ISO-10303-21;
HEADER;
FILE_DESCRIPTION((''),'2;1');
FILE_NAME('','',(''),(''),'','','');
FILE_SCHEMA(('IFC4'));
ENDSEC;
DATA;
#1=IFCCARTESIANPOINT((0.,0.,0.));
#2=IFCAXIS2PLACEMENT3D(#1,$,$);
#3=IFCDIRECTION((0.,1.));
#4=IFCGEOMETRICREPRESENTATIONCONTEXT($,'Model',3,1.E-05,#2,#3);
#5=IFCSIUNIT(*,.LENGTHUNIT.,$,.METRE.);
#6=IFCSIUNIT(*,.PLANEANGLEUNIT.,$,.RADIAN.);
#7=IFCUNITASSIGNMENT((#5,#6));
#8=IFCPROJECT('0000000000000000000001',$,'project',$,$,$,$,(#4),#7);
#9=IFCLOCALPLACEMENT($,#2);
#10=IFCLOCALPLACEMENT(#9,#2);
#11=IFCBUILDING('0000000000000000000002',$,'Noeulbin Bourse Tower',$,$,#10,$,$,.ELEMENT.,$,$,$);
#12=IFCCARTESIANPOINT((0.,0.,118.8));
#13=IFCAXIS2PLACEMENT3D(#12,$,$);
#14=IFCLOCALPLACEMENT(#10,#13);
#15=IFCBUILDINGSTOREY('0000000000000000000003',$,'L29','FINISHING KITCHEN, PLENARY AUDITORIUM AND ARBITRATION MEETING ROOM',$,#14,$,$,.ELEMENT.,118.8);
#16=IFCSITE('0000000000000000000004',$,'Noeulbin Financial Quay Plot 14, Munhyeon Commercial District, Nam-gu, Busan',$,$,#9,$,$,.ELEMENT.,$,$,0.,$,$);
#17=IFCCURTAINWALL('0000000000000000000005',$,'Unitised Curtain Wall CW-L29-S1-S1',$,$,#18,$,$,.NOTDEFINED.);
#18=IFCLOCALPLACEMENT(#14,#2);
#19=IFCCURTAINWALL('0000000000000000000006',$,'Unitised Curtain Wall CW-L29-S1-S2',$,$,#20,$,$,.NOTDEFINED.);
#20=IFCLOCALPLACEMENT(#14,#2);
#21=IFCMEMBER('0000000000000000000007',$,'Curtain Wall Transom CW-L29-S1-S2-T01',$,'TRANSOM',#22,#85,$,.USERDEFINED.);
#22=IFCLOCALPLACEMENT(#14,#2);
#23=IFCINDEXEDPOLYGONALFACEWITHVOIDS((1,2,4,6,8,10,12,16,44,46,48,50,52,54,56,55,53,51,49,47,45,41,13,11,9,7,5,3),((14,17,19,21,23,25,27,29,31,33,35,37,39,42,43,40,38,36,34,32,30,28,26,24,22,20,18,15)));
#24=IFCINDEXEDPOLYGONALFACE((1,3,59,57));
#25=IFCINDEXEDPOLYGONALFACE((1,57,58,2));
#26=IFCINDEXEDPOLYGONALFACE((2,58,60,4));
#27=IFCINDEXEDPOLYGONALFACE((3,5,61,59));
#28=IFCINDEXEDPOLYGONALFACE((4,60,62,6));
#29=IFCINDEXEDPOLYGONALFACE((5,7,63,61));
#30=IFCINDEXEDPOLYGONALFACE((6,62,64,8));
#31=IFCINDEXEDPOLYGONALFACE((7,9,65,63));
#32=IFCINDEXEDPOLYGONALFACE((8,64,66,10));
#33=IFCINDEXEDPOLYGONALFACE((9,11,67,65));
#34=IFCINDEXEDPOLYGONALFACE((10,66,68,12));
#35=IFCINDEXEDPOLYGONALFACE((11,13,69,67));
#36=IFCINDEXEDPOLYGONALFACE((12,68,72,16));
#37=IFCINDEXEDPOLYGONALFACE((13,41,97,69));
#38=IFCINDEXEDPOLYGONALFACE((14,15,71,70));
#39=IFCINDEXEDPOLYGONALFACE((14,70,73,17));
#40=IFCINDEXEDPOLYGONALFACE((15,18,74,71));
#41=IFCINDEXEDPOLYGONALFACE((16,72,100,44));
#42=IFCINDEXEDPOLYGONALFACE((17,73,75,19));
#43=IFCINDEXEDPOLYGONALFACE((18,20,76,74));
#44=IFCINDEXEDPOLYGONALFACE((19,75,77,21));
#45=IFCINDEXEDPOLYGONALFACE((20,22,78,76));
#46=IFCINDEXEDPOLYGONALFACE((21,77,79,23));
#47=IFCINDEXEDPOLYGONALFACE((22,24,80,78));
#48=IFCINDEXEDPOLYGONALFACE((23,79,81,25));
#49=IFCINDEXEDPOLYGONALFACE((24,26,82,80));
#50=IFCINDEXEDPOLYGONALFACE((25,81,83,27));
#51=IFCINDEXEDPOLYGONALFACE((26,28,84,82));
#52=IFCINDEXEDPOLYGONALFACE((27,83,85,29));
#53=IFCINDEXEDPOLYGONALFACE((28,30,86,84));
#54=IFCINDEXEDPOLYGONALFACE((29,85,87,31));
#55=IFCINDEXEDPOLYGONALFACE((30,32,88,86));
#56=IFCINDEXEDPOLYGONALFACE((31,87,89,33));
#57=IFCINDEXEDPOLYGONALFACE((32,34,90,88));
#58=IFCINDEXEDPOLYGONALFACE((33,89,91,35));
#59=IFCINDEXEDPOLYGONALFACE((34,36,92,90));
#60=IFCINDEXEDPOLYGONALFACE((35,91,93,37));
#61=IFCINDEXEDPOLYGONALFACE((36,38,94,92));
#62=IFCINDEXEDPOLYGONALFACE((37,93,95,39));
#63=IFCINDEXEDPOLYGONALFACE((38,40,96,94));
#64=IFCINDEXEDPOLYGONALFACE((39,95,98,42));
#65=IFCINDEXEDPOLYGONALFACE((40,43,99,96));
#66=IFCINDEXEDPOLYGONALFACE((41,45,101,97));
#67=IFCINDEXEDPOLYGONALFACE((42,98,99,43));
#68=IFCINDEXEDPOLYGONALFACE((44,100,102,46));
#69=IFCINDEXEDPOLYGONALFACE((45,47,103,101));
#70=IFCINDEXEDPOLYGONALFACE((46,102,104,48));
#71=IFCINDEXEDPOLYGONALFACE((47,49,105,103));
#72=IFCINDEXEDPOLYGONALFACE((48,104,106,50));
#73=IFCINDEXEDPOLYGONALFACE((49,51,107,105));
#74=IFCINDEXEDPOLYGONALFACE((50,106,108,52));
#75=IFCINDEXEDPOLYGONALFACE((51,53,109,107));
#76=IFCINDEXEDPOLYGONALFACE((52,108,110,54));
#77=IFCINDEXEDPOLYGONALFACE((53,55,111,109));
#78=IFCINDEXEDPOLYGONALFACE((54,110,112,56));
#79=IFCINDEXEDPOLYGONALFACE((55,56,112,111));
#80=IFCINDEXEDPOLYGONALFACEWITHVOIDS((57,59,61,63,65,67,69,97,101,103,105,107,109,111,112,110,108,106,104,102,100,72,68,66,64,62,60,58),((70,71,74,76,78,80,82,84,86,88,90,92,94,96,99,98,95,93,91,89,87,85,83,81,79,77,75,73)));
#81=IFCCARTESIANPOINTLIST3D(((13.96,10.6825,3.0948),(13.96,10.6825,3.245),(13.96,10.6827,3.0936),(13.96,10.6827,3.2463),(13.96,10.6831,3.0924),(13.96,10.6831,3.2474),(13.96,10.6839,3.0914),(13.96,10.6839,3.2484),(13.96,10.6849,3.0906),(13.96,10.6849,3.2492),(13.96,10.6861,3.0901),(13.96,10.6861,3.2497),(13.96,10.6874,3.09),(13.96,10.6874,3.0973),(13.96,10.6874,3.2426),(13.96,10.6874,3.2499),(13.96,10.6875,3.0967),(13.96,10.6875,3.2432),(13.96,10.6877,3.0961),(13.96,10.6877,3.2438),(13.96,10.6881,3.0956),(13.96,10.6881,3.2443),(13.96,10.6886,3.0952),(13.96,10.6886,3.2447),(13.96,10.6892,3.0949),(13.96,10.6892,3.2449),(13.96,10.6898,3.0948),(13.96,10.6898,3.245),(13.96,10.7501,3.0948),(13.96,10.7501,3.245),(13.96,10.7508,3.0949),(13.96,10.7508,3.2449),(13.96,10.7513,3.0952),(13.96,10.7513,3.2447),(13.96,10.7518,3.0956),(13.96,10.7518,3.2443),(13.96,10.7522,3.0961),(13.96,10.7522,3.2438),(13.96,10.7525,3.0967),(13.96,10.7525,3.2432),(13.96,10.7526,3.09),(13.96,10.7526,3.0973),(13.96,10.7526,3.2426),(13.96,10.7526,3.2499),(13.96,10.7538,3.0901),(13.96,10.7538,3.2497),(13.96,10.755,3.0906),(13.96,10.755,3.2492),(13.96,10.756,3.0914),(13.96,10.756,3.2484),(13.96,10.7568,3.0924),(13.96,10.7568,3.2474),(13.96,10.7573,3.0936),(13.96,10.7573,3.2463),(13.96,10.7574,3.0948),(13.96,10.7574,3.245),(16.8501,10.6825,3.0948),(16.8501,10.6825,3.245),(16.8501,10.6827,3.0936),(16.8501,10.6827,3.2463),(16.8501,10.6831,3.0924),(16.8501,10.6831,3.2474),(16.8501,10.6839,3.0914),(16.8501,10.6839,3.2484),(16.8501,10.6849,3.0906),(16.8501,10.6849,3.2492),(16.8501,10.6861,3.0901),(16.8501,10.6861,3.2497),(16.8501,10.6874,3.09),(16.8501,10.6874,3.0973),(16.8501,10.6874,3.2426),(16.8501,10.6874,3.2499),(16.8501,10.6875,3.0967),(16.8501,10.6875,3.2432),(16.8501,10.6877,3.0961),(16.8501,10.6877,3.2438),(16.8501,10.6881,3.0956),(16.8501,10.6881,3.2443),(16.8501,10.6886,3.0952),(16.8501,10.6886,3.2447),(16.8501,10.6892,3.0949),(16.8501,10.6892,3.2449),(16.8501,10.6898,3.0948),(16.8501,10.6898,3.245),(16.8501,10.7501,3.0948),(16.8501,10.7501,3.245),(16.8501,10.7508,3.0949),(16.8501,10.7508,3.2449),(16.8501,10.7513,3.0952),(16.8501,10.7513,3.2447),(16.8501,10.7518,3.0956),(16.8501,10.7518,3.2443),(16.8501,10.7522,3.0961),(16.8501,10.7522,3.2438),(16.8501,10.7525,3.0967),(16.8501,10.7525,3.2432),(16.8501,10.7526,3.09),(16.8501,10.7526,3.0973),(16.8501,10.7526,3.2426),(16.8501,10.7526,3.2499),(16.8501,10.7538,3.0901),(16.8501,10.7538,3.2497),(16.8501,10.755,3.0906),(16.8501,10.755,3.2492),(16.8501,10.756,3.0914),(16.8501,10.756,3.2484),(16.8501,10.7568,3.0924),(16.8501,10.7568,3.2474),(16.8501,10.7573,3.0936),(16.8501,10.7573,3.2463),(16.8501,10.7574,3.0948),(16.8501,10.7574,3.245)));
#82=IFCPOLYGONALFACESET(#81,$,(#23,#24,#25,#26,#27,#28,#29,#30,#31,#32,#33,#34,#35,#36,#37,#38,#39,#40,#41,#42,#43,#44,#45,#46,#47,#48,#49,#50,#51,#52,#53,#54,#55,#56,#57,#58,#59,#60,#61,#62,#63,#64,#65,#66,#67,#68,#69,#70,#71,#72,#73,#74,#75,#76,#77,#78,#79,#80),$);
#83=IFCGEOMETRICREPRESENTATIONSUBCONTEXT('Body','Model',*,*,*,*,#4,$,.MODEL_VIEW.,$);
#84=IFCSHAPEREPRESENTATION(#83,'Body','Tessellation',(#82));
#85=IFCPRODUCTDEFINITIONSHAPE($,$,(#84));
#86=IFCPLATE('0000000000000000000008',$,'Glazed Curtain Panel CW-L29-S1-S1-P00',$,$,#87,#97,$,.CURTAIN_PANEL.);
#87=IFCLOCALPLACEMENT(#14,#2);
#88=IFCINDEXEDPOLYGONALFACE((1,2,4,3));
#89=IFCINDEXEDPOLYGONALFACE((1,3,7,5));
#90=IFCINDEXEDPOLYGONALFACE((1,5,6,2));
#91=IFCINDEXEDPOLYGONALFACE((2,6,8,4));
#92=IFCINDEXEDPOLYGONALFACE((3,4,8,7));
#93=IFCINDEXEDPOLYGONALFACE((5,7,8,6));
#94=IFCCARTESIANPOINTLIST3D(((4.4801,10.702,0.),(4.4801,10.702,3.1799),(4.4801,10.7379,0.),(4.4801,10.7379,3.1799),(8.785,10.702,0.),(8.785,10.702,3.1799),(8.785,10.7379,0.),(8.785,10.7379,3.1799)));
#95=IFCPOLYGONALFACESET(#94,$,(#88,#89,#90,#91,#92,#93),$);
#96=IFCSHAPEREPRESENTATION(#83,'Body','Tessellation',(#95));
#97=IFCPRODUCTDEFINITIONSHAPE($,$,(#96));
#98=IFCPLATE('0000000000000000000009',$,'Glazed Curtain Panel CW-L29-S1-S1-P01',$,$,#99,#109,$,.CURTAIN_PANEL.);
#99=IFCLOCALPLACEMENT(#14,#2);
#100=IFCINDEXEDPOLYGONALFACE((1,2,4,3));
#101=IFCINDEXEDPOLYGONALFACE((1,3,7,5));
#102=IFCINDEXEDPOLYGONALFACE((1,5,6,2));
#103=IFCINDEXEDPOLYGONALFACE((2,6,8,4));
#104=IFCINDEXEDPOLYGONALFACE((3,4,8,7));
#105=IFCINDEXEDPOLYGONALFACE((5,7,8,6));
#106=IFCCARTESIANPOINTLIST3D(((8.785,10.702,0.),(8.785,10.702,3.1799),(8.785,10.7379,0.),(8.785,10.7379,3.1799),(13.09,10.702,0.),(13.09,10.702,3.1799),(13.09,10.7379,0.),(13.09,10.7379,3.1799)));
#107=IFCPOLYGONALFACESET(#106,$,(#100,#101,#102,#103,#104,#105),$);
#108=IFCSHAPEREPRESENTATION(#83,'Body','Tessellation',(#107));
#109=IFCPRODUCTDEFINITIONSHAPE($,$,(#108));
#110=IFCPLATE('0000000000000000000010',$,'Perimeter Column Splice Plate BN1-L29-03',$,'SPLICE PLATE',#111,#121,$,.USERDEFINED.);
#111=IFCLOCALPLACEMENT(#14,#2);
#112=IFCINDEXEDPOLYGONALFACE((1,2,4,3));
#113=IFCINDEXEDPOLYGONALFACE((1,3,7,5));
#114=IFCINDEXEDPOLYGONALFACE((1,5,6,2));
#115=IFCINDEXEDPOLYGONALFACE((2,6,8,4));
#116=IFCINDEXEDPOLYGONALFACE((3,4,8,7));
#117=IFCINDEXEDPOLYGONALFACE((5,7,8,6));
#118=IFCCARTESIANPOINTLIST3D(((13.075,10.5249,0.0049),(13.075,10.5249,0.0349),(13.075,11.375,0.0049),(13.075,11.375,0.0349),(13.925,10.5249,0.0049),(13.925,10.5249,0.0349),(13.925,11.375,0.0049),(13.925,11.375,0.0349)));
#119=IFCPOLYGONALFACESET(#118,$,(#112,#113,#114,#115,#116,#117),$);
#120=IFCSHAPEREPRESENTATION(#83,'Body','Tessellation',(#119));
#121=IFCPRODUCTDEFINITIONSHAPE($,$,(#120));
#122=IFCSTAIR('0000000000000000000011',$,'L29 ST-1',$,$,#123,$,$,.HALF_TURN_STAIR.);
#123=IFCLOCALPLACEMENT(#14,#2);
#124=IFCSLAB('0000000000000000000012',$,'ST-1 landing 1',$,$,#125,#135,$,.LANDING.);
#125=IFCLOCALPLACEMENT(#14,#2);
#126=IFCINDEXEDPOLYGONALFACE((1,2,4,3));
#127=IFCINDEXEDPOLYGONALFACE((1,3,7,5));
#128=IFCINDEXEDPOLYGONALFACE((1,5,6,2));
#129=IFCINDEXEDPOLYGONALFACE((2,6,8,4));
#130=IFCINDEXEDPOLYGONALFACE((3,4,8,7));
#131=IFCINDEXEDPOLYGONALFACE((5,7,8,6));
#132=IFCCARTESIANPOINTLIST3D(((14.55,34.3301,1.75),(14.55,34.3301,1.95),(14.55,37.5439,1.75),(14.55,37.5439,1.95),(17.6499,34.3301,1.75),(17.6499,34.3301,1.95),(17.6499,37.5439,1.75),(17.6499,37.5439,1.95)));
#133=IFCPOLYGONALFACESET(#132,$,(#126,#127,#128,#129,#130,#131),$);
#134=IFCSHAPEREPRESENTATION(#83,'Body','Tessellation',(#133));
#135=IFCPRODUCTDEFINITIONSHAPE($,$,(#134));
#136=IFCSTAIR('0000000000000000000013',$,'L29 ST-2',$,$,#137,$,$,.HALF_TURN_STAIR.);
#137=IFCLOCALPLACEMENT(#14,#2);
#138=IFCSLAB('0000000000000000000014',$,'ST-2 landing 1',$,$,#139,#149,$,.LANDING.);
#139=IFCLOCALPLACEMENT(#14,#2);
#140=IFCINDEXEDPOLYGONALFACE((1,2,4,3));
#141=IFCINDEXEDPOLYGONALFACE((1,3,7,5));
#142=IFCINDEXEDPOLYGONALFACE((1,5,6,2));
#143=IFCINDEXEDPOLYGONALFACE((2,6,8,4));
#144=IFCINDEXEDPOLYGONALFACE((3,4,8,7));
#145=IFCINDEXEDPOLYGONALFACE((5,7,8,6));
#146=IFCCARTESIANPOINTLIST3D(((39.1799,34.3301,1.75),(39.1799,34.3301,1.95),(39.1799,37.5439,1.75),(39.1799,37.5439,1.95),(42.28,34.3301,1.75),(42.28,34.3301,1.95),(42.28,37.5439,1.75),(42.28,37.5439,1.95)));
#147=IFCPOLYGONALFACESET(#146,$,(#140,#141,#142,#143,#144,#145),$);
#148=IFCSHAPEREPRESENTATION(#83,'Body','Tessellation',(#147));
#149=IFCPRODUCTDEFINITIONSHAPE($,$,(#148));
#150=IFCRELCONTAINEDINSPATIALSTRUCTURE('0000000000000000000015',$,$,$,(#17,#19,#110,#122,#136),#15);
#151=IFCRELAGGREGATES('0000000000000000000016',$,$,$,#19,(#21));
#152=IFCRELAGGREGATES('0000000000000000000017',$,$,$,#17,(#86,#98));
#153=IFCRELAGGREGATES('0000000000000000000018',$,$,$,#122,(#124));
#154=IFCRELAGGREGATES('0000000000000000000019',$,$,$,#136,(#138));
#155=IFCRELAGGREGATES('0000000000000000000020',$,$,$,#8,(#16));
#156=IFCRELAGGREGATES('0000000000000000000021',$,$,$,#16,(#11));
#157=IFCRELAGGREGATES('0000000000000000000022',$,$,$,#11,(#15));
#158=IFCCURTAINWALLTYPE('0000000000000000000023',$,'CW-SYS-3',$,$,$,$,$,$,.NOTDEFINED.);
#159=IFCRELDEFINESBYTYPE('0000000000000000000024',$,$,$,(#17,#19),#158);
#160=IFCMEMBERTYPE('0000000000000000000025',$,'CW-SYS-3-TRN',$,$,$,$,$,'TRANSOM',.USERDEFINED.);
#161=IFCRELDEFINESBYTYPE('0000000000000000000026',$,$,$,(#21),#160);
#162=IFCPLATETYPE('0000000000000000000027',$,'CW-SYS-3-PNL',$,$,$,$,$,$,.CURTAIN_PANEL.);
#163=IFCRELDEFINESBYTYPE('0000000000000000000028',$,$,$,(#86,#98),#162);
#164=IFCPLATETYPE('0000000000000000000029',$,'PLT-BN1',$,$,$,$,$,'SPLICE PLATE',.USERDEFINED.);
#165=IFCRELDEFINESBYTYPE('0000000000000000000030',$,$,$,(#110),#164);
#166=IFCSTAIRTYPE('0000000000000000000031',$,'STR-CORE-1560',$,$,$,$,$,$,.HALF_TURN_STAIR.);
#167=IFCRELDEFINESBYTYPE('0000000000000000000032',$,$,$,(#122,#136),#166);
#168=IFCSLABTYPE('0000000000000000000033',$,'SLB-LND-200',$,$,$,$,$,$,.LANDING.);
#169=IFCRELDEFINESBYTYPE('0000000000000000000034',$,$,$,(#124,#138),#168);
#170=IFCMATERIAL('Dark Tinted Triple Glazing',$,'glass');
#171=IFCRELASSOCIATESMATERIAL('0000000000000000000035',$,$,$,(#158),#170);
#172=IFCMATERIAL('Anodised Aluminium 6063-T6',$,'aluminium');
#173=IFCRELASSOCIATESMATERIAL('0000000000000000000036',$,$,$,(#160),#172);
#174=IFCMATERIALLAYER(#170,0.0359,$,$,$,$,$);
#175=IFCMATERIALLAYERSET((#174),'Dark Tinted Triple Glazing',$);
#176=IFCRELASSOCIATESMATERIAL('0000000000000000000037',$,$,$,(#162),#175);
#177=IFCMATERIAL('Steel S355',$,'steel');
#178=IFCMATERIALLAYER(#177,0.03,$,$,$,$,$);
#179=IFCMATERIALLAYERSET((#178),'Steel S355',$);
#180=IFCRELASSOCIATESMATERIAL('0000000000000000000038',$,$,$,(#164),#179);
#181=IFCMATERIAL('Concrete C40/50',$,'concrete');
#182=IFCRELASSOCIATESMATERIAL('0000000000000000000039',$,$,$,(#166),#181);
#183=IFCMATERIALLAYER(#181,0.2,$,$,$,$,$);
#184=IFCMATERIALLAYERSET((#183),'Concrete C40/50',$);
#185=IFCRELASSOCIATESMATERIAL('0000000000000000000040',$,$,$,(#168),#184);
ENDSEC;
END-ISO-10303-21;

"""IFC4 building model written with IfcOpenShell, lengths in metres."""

from ifc_helpers import new_model, si_unit, direction, frame, origin, origin_2d, place, context, subcontext, project, spatial, polyline, rectangle, hollow_rectangle, outline, extrude, material, layer, layer_set, material_profile, profile_set, type_object, element, aggregate, save


model = new_model("IFC4")

# Units and contexts
model_context = context("Model", 3, precision=1e-05, world=origin(), true_north=direction((0.0, 1.0)))
body_context = subcontext(model_context, "Body", "Model", "MODEL_VIEW")
ifc_project = project(units=[si_unit("LENGTHUNIT", "METRE"), si_unit("PLANEANGLEUNIT", "RADIAN")], contexts=[model_context])

# Site, building, storey
site_placement = place(None, origin())
site = spatial("IfcSite", under=ifc_project, at=site_placement, Name="Noeulbin Financial Quay Plot 14, Munhyeon Commercial District, Nam-gu, Busan", CompositionType="ELEMENT", RefElevation=0.0)
building_placement = place(site_placement, origin())
building = spatial("IfcBuilding", under=site, at=building_placement, Name="Noeulbin Bourse Tower", CompositionType="ELEMENT")
storey_placement = place(building_placement, frame((0.0, 0.0, 118.8)))
storey = spatial("IfcBuildingStorey", under=building, at=storey_placement, Name="L29", Description="FINISHING KITCHEN, PLENARY AUDITORIUM AND ARBITRATION MEETING ROOM", CompositionType="ELEMENT", Elevation=118.8)

# Shared definitions
ifc_material_1 = material(Name="Steel S355", Category="steel")

# Curtain wall
ifc_material_2 = material(Name="Dark Tinted Triple Glazing", Category="glass")
curtain_wall_type = type_object("IfcCurtainWallType", Name="CW-SYS-3", PredefinedType="NOTDEFINED", material=ifc_material_2)
curtain_wall_1_placement = place(storey_placement, origin())
curtain_wall_1 = element("IfcCurtainWall", 1, at=curtain_wall_1_placement, inside=storey, type_object=curtain_wall_type, Name="Unitised Curtain Wall CW-L29-S1-S1", PredefinedType="NOTDEFINED")
ifc_material_3 = material(Name="Anodised Aluminium 6063-T6", Category="aluminium")

# Curtain wall
curtain_wall_2_placement = place(storey_placement, origin())
curtain_wall_2 = element("IfcCurtainWall", 2, at=curtain_wall_2_placement, inside=storey, type_object=curtain_wall_type, Name="Unitised Curtain Wall CW-L29-S1-S2", PredefinedType="NOTDEFINED")

# Member
ifc_material_profile_1 = material_profile(ifc_material_3, hollow_rectangle(XDim=0.075, YDim=0.1599, WallThickness=0.0049, InnerFilletRadius=0.0024, OuterFilletRadius=0.0049, at=origin_2d()), Name="ALU-TRAN-75x160x5", Category="LoadBearing")
ifc_profile_set_1 = profile_set([ifc_material_profile_1], Name="Anodised Aluminium 6063-T6")
member_type_1 = type_object("IfcMemberType", Name="CW-SYS-3-TRN", ElementType="TRANSOM", PredefinedType="USERDEFINED", material=ifc_profile_set_1)
member_1_placement = place(storey_placement, frame((13.96, 10.72, 3.1699), z_axis=(1.0, 0.0, 0.0), x_axis=(0.0, 1.0, 0.0)))
member_1 = element("IfcMember", 3, at=member_1_placement, type_object=member_type_1, Name="Curtain Wall Transom CW-L29-S1-S2-T01", ObjectType="TRANSOM", PredefinedType="USERDEFINED", context=body_context, shape_type="SweptSolid", body=[
    extrude(hollow_rectangle(XDim=0.075, YDim=0.1599, WallThickness=0.0049, InnerFilletRadius=0.0024, OuterFilletRadius=0.0049, at=origin_2d()), origin(), (0.0, 0.0, 1.0), 2.8901),
])
aggregate(curtain_wall_2, [member_1])

# Plates
ifc_layer_1 = layer(ifc_material_2, 0.0359)
ifc_layer_set_1 = layer_set([ifc_layer_1], Name="Dark Tinted Triple Glazing")
plate_type_1 = type_object("IfcPlateType", Name="CW-SYS-3-PNL", PredefinedType="CURTAIN_PANEL", material=ifc_layer_set_1)
plate_1_placement = place(storey_placement, frame((6.6326, 10.72, 0.0), z_axis=(0.0, 0.0, 1.0), x_axis=(1.0, 0.0, 0.0)))
plate_1 = element("IfcPlate", 4, at=plate_1_placement, type_object=plate_type_1, Name="Glazed Curtain Panel CW-L29-S1-S1-P00", PredefinedType="CURTAIN_PANEL", context=body_context, shape_type="SweptSolid", body=[
    extrude(rectangle(XDim=4.3049, YDim=0.0359, at=origin_2d()), origin(), (0.0, 0.0, 1.0), 3.1799),
])
plate_2_placement = place(storey_placement, frame((10.9375, 10.72, 0.0), z_axis=(0.0, 0.0, 1.0), x_axis=(1.0, 0.0, 0.0)))
plate_2 = element("IfcPlate", 5, at=plate_2_placement, type_object=plate_type_1, Name="Glazed Curtain Panel CW-L29-S1-S1-P01", PredefinedType="CURTAIN_PANEL", context=body_context, shape_type="SweptSolid", body=[
    extrude(rectangle(XDim=4.3049, YDim=0.0359, at=origin_2d()), origin(), (0.0, 0.0, 1.0), 3.1799),
])
aggregate(curtain_wall_1, [plate_1, plate_2])
ifc_layer_2 = layer(ifc_material_1, 0.03)
ifc_layer_set_2 = layer_set([ifc_layer_2], Name="Steel S355")
plate_type_2 = type_object("IfcPlateType", Name="PLT-BN1", ElementType="SPLICE PLATE", PredefinedType="USERDEFINED", material=ifc_layer_set_2)
plate_3_placement = place(storey_placement, frame((13.5, 10.95, 0.0049), z_axis=(0.0, 0.0, 1.0), x_axis=(1.0, 0.0, 0.0)))
element("IfcPlate", 6, at=plate_3_placement, inside=storey, type_object=plate_type_2, Name="Perimeter Column Splice Plate BN1-L29-03", ObjectType="SPLICE PLATE", PredefinedType="USERDEFINED", context=body_context, shape_type="SweptSolid", body=[
    extrude(rectangle(XDim=0.8501, YDim=0.8501, at=origin_2d()), origin(), (0.0, 0.0, 1.0), 0.03),
])

# Stairs, slabs
ifc_material_4 = material(Name="Concrete C40/50", Category="concrete")
stair_type = type_object("IfcStairType", Name="STR-CORE-1560", PredefinedType="HALF_TURN_STAIR", material=ifc_material_4)
stair_1_placement = place(storey_placement, origin())
stair_1 = element("IfcStair", 7, at=stair_1_placement, inside=storey, type_object=stair_type, Name="L29 ST-1", PredefinedType="HALF_TURN_STAIR")
ifc_layer_3 = layer(ifc_material_4, 0.2)
ifc_layer_set_3 = layer_set([ifc_layer_3], Name="Concrete C40/50")
slab_type_1 = type_object("IfcSlabType", Name="SLB-LND-200", PredefinedType="LANDING", material=ifc_layer_set_3)
slab_1_placement = place(storey_placement, frame((0.0, 0.0, 1.75)))
slab_1 = element("IfcSlab", 8, at=slab_1_placement, type_object=slab_type_1, Name="ST-1 landing 1", PredefinedType="LANDING", context=body_context, shape_type="SweptSolid", body=[
    extrude(outline(polyline([(17.6499, 34.3301), (17.6499, 37.5439), (14.55, 37.5439), (14.55, 34.3301), (17.6499, 34.3301)])), origin(), (0.0, 0.0, 1.0), 0.2),
])
aggregate(stair_1, [slab_1])
stair_2_placement = place(storey_placement, origin())
stair_2 = element("IfcStair", 9, at=stair_2_placement, inside=storey, type_object=stair_type, Name="L29 ST-2", PredefinedType="HALF_TURN_STAIR")
slab_2_placement = place(storey_placement, frame((0.0, 0.0, 1.75)))
slab_2 = element("IfcSlab", 10, at=slab_2_placement, type_object=slab_type_1, Name="ST-2 landing 1", PredefinedType="LANDING", context=body_context, shape_type="SweptSolid", body=[
    extrude(outline(polyline([(42.28, 34.3301), (42.28, 37.5439), (39.1799, 37.5439), (39.1799, 34.3301), (42.28, 34.3301)])), origin(), (0.0, 0.0, 1.0), 0.2),
])
aggregate(stair_2, [slab_2])

save(model, "model.ifc")
